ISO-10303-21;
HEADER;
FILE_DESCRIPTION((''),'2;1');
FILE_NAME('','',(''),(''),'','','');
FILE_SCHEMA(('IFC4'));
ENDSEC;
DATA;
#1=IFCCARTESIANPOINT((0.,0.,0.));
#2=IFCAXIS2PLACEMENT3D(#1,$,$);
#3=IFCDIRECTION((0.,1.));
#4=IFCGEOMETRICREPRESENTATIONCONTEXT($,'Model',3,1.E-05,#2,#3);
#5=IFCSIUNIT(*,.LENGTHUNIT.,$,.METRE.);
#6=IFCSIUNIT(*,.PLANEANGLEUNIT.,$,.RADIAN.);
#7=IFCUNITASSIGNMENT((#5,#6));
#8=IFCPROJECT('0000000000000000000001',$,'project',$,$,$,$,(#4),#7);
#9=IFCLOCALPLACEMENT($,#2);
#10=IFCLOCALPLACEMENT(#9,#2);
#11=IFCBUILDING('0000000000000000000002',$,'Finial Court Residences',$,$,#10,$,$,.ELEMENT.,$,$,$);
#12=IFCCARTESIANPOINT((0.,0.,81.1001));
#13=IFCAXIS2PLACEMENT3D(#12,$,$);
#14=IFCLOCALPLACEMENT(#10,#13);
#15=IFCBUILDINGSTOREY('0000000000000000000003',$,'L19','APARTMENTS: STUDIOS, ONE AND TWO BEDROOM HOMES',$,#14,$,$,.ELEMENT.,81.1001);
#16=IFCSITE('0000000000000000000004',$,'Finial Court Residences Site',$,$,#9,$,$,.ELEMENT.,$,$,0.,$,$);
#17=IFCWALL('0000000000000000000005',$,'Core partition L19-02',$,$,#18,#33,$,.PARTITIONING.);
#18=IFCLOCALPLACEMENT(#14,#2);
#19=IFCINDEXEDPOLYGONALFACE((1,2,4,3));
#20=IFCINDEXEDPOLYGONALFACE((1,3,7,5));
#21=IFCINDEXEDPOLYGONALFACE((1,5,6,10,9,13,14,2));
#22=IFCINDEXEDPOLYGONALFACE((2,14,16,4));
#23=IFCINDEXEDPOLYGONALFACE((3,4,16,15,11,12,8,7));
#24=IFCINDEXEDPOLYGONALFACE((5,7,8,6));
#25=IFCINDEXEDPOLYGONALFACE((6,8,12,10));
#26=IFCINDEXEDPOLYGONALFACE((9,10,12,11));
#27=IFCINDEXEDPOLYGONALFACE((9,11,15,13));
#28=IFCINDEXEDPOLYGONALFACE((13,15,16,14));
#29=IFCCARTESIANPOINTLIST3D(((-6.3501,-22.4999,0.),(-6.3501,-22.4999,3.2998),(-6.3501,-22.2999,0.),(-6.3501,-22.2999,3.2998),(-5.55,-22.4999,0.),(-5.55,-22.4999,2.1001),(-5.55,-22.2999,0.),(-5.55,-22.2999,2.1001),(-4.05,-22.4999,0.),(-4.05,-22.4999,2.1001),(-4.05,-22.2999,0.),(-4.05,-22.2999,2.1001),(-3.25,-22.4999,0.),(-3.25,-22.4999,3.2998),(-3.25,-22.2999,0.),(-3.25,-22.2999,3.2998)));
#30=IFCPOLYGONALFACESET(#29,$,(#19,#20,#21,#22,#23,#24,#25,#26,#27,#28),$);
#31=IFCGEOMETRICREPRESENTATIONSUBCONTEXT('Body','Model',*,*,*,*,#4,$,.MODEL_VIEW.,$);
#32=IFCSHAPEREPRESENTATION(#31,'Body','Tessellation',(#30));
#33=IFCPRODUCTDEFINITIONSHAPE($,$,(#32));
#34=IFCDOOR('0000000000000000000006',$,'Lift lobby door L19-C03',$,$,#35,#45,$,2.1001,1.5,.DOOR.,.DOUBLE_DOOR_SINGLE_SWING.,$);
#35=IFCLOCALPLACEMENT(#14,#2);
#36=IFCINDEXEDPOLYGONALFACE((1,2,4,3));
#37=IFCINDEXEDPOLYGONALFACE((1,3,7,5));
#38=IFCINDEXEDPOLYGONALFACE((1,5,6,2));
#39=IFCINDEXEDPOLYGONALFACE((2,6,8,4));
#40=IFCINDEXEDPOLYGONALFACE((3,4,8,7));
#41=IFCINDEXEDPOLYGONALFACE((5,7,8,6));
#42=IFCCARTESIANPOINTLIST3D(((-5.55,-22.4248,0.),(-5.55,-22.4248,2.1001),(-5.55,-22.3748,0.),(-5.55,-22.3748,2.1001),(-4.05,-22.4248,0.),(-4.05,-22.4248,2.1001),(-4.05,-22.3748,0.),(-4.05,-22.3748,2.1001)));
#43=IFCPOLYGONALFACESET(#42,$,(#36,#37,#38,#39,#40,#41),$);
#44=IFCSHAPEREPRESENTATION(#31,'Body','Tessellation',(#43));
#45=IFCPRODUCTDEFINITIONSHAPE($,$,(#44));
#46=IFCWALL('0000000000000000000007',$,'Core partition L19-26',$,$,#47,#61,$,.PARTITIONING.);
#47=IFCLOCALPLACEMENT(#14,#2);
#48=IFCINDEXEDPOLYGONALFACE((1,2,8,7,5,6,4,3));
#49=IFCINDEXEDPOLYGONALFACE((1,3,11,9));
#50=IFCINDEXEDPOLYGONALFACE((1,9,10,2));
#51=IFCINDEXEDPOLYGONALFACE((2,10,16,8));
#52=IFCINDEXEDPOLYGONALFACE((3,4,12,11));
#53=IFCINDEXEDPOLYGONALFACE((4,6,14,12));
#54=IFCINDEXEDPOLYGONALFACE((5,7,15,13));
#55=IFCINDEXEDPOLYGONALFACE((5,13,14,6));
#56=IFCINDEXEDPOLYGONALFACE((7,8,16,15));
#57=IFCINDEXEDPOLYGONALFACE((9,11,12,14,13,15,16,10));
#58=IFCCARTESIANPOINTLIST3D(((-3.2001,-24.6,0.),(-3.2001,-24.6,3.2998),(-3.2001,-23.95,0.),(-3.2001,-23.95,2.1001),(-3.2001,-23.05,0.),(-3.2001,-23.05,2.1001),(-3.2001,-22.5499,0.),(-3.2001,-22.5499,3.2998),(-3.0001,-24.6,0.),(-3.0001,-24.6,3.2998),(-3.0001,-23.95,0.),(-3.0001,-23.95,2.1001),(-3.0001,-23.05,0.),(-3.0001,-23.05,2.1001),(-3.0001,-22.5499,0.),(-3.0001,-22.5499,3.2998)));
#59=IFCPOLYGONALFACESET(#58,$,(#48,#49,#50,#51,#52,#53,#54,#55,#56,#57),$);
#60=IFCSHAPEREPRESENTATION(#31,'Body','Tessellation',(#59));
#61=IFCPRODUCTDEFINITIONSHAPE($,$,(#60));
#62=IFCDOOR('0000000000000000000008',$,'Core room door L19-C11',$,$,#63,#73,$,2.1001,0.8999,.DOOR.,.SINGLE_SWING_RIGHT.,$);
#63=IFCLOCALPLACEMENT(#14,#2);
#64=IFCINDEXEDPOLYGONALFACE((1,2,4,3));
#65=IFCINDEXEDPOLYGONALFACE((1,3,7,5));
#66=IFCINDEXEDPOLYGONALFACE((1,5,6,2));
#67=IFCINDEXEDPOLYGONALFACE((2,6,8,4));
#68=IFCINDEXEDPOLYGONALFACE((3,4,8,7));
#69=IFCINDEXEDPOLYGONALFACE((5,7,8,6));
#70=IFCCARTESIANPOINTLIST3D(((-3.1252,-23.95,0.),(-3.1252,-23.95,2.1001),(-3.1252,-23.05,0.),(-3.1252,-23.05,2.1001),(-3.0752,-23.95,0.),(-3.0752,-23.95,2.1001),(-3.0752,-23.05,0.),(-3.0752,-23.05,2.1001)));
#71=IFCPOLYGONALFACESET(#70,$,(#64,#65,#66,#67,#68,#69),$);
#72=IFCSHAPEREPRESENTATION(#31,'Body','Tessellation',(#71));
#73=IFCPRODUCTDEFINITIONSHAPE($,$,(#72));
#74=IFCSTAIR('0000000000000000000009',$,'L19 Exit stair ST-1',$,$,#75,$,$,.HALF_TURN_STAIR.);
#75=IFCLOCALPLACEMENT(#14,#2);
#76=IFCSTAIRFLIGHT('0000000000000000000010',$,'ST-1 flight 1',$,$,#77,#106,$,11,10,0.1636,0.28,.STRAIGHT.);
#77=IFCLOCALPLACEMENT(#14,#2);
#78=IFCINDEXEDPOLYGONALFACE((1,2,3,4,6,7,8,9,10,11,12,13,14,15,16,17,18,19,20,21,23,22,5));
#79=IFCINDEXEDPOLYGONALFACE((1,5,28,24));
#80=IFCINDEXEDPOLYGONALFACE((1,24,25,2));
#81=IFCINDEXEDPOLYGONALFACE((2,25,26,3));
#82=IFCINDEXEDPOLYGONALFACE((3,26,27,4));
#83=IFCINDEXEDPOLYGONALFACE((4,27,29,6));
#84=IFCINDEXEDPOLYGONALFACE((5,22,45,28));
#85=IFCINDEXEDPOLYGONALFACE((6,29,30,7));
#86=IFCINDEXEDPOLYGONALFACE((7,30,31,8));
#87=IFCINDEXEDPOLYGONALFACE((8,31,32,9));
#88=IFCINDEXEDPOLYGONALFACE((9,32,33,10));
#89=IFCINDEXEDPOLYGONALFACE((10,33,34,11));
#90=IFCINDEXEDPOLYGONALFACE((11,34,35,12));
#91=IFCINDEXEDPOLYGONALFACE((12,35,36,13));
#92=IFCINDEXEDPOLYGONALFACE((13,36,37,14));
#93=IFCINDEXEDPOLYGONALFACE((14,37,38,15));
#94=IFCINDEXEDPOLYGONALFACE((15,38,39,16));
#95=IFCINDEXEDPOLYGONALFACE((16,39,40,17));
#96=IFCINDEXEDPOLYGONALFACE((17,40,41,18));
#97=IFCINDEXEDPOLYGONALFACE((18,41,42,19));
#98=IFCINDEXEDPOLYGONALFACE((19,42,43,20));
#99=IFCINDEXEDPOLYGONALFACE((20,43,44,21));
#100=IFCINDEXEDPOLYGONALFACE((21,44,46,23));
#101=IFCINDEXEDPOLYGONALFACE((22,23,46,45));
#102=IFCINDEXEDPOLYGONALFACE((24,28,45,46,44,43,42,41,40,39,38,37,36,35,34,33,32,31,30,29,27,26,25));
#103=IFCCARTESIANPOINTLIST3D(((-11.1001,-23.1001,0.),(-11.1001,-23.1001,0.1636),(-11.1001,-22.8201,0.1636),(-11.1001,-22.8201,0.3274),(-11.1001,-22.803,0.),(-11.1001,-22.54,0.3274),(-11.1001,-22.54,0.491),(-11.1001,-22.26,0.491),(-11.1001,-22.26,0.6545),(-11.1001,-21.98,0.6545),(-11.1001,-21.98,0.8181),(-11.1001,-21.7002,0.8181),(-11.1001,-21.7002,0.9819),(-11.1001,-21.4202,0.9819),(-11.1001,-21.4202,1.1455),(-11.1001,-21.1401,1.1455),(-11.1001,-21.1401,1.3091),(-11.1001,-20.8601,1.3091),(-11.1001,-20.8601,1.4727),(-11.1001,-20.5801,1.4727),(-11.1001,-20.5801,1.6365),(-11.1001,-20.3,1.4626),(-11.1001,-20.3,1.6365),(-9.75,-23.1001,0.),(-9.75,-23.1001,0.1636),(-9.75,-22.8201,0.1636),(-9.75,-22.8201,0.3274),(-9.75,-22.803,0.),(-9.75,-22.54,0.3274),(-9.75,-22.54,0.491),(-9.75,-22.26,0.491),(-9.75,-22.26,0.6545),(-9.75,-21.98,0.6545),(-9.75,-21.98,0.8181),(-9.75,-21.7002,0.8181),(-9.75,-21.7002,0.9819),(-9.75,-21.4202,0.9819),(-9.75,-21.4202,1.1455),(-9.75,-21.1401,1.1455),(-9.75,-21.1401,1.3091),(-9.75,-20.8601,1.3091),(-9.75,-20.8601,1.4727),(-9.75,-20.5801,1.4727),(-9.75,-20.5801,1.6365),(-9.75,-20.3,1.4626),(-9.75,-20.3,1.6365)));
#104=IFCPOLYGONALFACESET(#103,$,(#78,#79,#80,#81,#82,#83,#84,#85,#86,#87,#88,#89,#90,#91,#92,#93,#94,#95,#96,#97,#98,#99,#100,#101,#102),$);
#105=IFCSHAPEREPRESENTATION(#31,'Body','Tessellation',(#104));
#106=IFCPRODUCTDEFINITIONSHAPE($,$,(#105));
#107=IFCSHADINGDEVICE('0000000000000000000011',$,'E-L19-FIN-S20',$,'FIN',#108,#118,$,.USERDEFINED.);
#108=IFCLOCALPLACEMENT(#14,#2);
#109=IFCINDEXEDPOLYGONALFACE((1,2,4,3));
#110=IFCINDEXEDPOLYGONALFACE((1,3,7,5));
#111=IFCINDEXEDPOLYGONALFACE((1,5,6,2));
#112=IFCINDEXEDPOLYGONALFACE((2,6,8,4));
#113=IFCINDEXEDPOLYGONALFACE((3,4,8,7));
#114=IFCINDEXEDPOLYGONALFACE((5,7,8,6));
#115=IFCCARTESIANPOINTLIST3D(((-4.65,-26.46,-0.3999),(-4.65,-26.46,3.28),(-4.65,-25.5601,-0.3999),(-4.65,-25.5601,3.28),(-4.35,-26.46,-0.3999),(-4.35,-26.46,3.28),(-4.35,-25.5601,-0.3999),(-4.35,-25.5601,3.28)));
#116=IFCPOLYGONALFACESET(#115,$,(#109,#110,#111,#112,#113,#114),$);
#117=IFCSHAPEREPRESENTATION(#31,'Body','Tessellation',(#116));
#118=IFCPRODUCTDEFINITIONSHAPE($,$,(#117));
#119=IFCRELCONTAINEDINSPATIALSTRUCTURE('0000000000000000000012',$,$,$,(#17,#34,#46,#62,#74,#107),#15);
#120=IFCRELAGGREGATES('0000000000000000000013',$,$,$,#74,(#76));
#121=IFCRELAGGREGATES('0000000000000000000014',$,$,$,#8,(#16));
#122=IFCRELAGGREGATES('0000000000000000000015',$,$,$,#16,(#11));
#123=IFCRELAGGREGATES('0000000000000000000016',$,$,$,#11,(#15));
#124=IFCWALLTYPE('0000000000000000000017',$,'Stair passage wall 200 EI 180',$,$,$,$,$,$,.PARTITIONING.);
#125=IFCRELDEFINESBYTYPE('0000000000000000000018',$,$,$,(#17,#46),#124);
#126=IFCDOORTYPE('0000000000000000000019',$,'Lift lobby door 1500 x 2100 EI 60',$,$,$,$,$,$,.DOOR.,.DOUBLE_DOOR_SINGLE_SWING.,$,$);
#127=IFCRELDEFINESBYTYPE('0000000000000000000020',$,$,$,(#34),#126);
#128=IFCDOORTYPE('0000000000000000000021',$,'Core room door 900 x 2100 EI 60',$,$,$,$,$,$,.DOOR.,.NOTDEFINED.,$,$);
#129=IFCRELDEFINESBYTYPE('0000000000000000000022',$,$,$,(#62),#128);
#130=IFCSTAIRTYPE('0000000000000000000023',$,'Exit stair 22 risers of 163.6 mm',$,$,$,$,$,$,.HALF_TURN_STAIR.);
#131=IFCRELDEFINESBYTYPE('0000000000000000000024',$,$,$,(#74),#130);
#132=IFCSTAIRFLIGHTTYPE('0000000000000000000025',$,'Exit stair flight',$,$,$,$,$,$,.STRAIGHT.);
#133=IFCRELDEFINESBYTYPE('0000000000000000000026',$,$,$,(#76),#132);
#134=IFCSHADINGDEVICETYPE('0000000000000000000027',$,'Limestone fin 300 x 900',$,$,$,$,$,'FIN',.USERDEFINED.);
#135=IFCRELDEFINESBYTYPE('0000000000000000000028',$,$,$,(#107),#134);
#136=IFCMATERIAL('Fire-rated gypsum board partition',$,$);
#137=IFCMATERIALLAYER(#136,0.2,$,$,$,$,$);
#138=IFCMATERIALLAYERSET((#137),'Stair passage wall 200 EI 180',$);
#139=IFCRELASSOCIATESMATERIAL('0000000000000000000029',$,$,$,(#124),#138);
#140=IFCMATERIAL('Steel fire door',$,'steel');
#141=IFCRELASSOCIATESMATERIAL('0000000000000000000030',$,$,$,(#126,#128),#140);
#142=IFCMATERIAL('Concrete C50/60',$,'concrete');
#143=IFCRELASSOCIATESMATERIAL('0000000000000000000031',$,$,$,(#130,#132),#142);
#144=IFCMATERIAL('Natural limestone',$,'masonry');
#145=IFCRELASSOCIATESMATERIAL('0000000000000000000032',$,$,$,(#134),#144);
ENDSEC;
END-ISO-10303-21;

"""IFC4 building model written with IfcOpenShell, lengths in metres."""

from ifc_helpers import new_model, si_unit, direction, frame, frame_2d, origin, origin_2d, place, context, subcontext, project, spatial, polyline, rectangle, outline, extrude, material, layer, layer_set, type_object, element, fill, aggregate, save


model = new_model("IFC4")

# Units and contexts
model_context = context("Model", 3, precision=1e-05, world=origin(), true_north=direction((0.0, 1.0)))
body_context = subcontext(model_context, "Body", "Model", "MODEL_VIEW")
ifc_project = project(units=[si_unit("LENGTHUNIT", "METRE"), si_unit("PLANEANGLEUNIT", "RADIAN")], contexts=[model_context])

# Site, building, storey
site_placement = place(None, origin())
site = spatial("IfcSite", under=ifc_project, at=site_placement, Name="Finial Court Residences Site", CompositionType="ELEMENT", RefElevation=0.0)
building_placement = place(site_placement, origin())
building = spatial("IfcBuilding", under=site, at=building_placement, Name="Finial Court Residences", CompositionType="ELEMENT")
storey_placement = place(building_placement, frame((0.0, 0.0, 81.1001)))
storey = spatial("IfcBuildingStorey", under=building, at=storey_placement, Name="L19", Description="APARTMENTS: STUDIOS, ONE AND TWO BEDROOM HOMES", CompositionType="ELEMENT", Elevation=81.1001)

# Shared definitions
ifc_material_1 = material(Name="Steel fire door", Category="steel")

# Walls, openings, doors
ifc_material_2 = material(Name="Fire-rated gypsum board partition")
ifc_layer_1 = layer(ifc_material_2, 0.2)
ifc_layer_set_1 = layer_set([ifc_layer_1], Name="Stair passage wall 200 EI 180")
wall_type_1 = type_object("IfcWallType", Name="Stair passage wall 200 EI 180", PredefinedType="PARTITIONING", material=ifc_layer_set_1)
wall_1_placement = place(storey_placement, frame((-3.25, -22.3999, 0.0), z_axis=(0.0, 0.0, 1.0), x_axis=(-1.0, 0.0, 0.0)))
wall_1 = element("IfcWall", 1, at=wall_1_placement, inside=storey, type_object=wall_type_1, Name="Core partition L19-02", PredefinedType="PARTITIONING", context=body_context, shape_type="SweptSolid", body=[
    extrude(rectangle(XDim=3.1001, YDim=0.2, at=frame_2d((1.55, 0.0))), origin(), (0.0, 0.0, 1.0), 3.2998),
])
opening_1_placement = place(wall_1_placement, frame((0.8, 0.0, 0.0)))
opening_1 = element("IfcOpeningElement", 2, at=opening_1_placement, cuts=wall_1, PredefinedType="OPENING", context=body_context, shape_type="SweptSolid", body=[
    extrude(rectangle(XDim=1.5, YDim=2.1001, at=frame_2d((0.75, 1.05))), frame((0.0, 0.1099, 0.0), z_axis=(0.0, -1.0, 0.0), x_axis=(1.0, 0.0, 0.0)), (0.0, 0.0, 1.0), 0.22),
])
door_type_1 = type_object("IfcDoorType", Name="Lift lobby door 1500 x 2100 EI 60", OperationType="DOUBLE_DOOR_SINGLE_SWING", PredefinedType="DOOR", material=ifc_material_1)
door_1_placement = place(opening_1_placement, origin())
door_1 = element("IfcDoor", 3, at=door_1_placement, inside=storey, type_object=door_type_1, Name="Lift lobby door L19-C03", OperationType="DOUBLE_DOOR_SINGLE_SWING", OverallHeight=2.1001, OverallWidth=1.5, PredefinedType="DOOR", context=body_context, shape_type="SweptSolid", body=[
    extrude(rectangle(XDim=1.5, YDim=2.1001, at=frame_2d((0.75, 1.05))), frame((0.0, 0.0249, 0.0), z_axis=(0.0, -1.0, 0.0), x_axis=(1.0, 0.0, 0.0)), (0.0, 0.0, 1.0), 0.05),
])
fill(opening_1, door_1)
wall_2_placement = place(storey_placement, frame((-3.1001, -22.55, 0.0), z_axis=(0.0, 0.0, 1.0), x_axis=(0.0, -1.0, 0.0)))
wall_2 = element("IfcWall", 4, at=wall_2_placement, inside=storey, type_object=wall_type_1, Name="Core partition L19-26", PredefinedType="PARTITIONING", context=body_context, shape_type="SweptSolid", body=[
    extrude(rectangle(XDim=2.05, YDim=0.2, at=frame_2d((1.0249, 0.0))), origin(), (0.0, 0.0, 1.0), 3.2998),
])
opening_2_placement = place(wall_2_placement, frame((0.5, 0.0, 0.0)))
opening_2 = element("IfcOpeningElement", 5, at=opening_2_placement, cuts=wall_2, PredefinedType="OPENING", context=body_context, shape_type="SweptSolid", body=[
    extrude(rectangle(XDim=0.8999, YDim=2.1001, at=frame_2d((0.45, 1.05))), frame((0.0, 0.1099, 0.0), z_axis=(0.0, -1.0, 0.0), x_axis=(1.0, 0.0, 0.0)), (0.0, 0.0, 1.0), 0.22),
])
door_type_2 = type_object("IfcDoorType", Name="Core room door 900 x 2100 EI 60", OperationType="NOTDEFINED", PredefinedType="DOOR", material=ifc_material_1)
door_2_placement = place(opening_2_placement, origin())
door_2 = element("IfcDoor", 6, at=door_2_placement, inside=storey, type_object=door_type_2, Name="Core room door L19-C11", OperationType="SINGLE_SWING_RIGHT", OverallHeight=2.1001, OverallWidth=0.8999, PredefinedType="DOOR", context=body_context, shape_type="SweptSolid", body=[
    extrude(rectangle(XDim=0.8999, YDim=2.1001, at=frame_2d((0.45, 1.05))), frame((0.0, 0.0249, 0.0), z_axis=(0.0, -1.0, 0.0), x_axis=(1.0, 0.0, 0.0)), (0.0, 0.0, 1.0), 0.05),
])
fill(opening_2, door_2)

# Stair, stair flight
ifc_material_3 = material(Name="Concrete C50/60", Category="concrete")
stair_type = type_object("IfcStairType", Name="Exit stair 22 risers of 163.6 mm", PredefinedType="HALF_TURN_STAIR", material=ifc_material_3)
stair_placement = place(storey_placement, origin())
stair = element("IfcStair", 7, at=stair_placement, inside=storey, type_object=stair_type, Name="L19 Exit stair ST-1", PredefinedType="HALF_TURN_STAIR")
stair_flight_type = type_object("IfcStairFlightType", Name="Exit stair flight", PredefinedType="STRAIGHT", material=ifc_material_3)
stair_flight_placement = place(storey_placement, frame((-10.425, -23.1001, 0.0), z_axis=(0.0, 0.0, 1.0), x_axis=(0.0, 1.0, 0.0)))
stair_flight = element("IfcStairFlight", 8, at=stair_flight_placement, type_object=stair_flight_type, Name="ST-1 flight 1", NumberOfRisers=11, NumberOfTreads=10, PredefinedType="STRAIGHT", RiserHeight=0.1636, TreadLength=0.28, context=body_context, shape_type="SweptSolid", body=[
    extrude(outline(polyline([(0.0, 0.0), (0.0, 0.1636), (0.28, 0.1636), (0.28, 0.3274), (0.5601, 0.3274), (0.5601, 0.491), (0.8401, 0.491), (0.8401, 0.6545), (1.1201, 0.6545), (1.1201, 0.8181), (1.3999, 0.8181), (1.3999, 0.9819), (1.6799, 0.9819), (1.6799, 1.1455), (1.96, 1.1455), (1.96, 1.3091), (2.24, 1.3091), (2.24, 1.4727), (2.52, 1.4727), (2.52, 1.6365), (2.8, 1.6365), (2.8, 1.8), (2.8, 1.4626), (0.2971, 0.0), (0.0, 0.0)])), frame((0.0, 0.675, 0.0), z_axis=(0.0, -1.0, 0.0), x_axis=(1.0, 0.0, 0.0)), (0.0, 0.0, 1.0), 1.3501),
])
aggregate(stair, [stair_flight])

# Shading device
ifc_material_4 = material(Name="Natural limestone", Category="masonry")
shading_device_type = type_object("IfcShadingDeviceType", Name="Limestone fin 300 x 900", ElementType="FIN", PredefinedType="USERDEFINED", material=ifc_material_4)
shading_device_placement = place(storey_placement, frame((-4.5, -26.01, -0.3999), z_axis=(0.0, 0.0, 1.0), x_axis=(1.0, 0.0, 0.0)))
element("IfcShadingDevice", 9, at=shading_device_placement, inside=storey, type_object=shading_device_type, Name="E-L19-FIN-S20", ObjectType="FIN", PredefinedType="USERDEFINED", context=body_context, shape_type="SweptSolid", body=[
    extrude(rectangle(XDim=0.3, YDim=0.8999, at=origin_2d()), origin(), (0.0, 0.0, 1.0), 3.6799),
])

save(model, "model.ifc")
